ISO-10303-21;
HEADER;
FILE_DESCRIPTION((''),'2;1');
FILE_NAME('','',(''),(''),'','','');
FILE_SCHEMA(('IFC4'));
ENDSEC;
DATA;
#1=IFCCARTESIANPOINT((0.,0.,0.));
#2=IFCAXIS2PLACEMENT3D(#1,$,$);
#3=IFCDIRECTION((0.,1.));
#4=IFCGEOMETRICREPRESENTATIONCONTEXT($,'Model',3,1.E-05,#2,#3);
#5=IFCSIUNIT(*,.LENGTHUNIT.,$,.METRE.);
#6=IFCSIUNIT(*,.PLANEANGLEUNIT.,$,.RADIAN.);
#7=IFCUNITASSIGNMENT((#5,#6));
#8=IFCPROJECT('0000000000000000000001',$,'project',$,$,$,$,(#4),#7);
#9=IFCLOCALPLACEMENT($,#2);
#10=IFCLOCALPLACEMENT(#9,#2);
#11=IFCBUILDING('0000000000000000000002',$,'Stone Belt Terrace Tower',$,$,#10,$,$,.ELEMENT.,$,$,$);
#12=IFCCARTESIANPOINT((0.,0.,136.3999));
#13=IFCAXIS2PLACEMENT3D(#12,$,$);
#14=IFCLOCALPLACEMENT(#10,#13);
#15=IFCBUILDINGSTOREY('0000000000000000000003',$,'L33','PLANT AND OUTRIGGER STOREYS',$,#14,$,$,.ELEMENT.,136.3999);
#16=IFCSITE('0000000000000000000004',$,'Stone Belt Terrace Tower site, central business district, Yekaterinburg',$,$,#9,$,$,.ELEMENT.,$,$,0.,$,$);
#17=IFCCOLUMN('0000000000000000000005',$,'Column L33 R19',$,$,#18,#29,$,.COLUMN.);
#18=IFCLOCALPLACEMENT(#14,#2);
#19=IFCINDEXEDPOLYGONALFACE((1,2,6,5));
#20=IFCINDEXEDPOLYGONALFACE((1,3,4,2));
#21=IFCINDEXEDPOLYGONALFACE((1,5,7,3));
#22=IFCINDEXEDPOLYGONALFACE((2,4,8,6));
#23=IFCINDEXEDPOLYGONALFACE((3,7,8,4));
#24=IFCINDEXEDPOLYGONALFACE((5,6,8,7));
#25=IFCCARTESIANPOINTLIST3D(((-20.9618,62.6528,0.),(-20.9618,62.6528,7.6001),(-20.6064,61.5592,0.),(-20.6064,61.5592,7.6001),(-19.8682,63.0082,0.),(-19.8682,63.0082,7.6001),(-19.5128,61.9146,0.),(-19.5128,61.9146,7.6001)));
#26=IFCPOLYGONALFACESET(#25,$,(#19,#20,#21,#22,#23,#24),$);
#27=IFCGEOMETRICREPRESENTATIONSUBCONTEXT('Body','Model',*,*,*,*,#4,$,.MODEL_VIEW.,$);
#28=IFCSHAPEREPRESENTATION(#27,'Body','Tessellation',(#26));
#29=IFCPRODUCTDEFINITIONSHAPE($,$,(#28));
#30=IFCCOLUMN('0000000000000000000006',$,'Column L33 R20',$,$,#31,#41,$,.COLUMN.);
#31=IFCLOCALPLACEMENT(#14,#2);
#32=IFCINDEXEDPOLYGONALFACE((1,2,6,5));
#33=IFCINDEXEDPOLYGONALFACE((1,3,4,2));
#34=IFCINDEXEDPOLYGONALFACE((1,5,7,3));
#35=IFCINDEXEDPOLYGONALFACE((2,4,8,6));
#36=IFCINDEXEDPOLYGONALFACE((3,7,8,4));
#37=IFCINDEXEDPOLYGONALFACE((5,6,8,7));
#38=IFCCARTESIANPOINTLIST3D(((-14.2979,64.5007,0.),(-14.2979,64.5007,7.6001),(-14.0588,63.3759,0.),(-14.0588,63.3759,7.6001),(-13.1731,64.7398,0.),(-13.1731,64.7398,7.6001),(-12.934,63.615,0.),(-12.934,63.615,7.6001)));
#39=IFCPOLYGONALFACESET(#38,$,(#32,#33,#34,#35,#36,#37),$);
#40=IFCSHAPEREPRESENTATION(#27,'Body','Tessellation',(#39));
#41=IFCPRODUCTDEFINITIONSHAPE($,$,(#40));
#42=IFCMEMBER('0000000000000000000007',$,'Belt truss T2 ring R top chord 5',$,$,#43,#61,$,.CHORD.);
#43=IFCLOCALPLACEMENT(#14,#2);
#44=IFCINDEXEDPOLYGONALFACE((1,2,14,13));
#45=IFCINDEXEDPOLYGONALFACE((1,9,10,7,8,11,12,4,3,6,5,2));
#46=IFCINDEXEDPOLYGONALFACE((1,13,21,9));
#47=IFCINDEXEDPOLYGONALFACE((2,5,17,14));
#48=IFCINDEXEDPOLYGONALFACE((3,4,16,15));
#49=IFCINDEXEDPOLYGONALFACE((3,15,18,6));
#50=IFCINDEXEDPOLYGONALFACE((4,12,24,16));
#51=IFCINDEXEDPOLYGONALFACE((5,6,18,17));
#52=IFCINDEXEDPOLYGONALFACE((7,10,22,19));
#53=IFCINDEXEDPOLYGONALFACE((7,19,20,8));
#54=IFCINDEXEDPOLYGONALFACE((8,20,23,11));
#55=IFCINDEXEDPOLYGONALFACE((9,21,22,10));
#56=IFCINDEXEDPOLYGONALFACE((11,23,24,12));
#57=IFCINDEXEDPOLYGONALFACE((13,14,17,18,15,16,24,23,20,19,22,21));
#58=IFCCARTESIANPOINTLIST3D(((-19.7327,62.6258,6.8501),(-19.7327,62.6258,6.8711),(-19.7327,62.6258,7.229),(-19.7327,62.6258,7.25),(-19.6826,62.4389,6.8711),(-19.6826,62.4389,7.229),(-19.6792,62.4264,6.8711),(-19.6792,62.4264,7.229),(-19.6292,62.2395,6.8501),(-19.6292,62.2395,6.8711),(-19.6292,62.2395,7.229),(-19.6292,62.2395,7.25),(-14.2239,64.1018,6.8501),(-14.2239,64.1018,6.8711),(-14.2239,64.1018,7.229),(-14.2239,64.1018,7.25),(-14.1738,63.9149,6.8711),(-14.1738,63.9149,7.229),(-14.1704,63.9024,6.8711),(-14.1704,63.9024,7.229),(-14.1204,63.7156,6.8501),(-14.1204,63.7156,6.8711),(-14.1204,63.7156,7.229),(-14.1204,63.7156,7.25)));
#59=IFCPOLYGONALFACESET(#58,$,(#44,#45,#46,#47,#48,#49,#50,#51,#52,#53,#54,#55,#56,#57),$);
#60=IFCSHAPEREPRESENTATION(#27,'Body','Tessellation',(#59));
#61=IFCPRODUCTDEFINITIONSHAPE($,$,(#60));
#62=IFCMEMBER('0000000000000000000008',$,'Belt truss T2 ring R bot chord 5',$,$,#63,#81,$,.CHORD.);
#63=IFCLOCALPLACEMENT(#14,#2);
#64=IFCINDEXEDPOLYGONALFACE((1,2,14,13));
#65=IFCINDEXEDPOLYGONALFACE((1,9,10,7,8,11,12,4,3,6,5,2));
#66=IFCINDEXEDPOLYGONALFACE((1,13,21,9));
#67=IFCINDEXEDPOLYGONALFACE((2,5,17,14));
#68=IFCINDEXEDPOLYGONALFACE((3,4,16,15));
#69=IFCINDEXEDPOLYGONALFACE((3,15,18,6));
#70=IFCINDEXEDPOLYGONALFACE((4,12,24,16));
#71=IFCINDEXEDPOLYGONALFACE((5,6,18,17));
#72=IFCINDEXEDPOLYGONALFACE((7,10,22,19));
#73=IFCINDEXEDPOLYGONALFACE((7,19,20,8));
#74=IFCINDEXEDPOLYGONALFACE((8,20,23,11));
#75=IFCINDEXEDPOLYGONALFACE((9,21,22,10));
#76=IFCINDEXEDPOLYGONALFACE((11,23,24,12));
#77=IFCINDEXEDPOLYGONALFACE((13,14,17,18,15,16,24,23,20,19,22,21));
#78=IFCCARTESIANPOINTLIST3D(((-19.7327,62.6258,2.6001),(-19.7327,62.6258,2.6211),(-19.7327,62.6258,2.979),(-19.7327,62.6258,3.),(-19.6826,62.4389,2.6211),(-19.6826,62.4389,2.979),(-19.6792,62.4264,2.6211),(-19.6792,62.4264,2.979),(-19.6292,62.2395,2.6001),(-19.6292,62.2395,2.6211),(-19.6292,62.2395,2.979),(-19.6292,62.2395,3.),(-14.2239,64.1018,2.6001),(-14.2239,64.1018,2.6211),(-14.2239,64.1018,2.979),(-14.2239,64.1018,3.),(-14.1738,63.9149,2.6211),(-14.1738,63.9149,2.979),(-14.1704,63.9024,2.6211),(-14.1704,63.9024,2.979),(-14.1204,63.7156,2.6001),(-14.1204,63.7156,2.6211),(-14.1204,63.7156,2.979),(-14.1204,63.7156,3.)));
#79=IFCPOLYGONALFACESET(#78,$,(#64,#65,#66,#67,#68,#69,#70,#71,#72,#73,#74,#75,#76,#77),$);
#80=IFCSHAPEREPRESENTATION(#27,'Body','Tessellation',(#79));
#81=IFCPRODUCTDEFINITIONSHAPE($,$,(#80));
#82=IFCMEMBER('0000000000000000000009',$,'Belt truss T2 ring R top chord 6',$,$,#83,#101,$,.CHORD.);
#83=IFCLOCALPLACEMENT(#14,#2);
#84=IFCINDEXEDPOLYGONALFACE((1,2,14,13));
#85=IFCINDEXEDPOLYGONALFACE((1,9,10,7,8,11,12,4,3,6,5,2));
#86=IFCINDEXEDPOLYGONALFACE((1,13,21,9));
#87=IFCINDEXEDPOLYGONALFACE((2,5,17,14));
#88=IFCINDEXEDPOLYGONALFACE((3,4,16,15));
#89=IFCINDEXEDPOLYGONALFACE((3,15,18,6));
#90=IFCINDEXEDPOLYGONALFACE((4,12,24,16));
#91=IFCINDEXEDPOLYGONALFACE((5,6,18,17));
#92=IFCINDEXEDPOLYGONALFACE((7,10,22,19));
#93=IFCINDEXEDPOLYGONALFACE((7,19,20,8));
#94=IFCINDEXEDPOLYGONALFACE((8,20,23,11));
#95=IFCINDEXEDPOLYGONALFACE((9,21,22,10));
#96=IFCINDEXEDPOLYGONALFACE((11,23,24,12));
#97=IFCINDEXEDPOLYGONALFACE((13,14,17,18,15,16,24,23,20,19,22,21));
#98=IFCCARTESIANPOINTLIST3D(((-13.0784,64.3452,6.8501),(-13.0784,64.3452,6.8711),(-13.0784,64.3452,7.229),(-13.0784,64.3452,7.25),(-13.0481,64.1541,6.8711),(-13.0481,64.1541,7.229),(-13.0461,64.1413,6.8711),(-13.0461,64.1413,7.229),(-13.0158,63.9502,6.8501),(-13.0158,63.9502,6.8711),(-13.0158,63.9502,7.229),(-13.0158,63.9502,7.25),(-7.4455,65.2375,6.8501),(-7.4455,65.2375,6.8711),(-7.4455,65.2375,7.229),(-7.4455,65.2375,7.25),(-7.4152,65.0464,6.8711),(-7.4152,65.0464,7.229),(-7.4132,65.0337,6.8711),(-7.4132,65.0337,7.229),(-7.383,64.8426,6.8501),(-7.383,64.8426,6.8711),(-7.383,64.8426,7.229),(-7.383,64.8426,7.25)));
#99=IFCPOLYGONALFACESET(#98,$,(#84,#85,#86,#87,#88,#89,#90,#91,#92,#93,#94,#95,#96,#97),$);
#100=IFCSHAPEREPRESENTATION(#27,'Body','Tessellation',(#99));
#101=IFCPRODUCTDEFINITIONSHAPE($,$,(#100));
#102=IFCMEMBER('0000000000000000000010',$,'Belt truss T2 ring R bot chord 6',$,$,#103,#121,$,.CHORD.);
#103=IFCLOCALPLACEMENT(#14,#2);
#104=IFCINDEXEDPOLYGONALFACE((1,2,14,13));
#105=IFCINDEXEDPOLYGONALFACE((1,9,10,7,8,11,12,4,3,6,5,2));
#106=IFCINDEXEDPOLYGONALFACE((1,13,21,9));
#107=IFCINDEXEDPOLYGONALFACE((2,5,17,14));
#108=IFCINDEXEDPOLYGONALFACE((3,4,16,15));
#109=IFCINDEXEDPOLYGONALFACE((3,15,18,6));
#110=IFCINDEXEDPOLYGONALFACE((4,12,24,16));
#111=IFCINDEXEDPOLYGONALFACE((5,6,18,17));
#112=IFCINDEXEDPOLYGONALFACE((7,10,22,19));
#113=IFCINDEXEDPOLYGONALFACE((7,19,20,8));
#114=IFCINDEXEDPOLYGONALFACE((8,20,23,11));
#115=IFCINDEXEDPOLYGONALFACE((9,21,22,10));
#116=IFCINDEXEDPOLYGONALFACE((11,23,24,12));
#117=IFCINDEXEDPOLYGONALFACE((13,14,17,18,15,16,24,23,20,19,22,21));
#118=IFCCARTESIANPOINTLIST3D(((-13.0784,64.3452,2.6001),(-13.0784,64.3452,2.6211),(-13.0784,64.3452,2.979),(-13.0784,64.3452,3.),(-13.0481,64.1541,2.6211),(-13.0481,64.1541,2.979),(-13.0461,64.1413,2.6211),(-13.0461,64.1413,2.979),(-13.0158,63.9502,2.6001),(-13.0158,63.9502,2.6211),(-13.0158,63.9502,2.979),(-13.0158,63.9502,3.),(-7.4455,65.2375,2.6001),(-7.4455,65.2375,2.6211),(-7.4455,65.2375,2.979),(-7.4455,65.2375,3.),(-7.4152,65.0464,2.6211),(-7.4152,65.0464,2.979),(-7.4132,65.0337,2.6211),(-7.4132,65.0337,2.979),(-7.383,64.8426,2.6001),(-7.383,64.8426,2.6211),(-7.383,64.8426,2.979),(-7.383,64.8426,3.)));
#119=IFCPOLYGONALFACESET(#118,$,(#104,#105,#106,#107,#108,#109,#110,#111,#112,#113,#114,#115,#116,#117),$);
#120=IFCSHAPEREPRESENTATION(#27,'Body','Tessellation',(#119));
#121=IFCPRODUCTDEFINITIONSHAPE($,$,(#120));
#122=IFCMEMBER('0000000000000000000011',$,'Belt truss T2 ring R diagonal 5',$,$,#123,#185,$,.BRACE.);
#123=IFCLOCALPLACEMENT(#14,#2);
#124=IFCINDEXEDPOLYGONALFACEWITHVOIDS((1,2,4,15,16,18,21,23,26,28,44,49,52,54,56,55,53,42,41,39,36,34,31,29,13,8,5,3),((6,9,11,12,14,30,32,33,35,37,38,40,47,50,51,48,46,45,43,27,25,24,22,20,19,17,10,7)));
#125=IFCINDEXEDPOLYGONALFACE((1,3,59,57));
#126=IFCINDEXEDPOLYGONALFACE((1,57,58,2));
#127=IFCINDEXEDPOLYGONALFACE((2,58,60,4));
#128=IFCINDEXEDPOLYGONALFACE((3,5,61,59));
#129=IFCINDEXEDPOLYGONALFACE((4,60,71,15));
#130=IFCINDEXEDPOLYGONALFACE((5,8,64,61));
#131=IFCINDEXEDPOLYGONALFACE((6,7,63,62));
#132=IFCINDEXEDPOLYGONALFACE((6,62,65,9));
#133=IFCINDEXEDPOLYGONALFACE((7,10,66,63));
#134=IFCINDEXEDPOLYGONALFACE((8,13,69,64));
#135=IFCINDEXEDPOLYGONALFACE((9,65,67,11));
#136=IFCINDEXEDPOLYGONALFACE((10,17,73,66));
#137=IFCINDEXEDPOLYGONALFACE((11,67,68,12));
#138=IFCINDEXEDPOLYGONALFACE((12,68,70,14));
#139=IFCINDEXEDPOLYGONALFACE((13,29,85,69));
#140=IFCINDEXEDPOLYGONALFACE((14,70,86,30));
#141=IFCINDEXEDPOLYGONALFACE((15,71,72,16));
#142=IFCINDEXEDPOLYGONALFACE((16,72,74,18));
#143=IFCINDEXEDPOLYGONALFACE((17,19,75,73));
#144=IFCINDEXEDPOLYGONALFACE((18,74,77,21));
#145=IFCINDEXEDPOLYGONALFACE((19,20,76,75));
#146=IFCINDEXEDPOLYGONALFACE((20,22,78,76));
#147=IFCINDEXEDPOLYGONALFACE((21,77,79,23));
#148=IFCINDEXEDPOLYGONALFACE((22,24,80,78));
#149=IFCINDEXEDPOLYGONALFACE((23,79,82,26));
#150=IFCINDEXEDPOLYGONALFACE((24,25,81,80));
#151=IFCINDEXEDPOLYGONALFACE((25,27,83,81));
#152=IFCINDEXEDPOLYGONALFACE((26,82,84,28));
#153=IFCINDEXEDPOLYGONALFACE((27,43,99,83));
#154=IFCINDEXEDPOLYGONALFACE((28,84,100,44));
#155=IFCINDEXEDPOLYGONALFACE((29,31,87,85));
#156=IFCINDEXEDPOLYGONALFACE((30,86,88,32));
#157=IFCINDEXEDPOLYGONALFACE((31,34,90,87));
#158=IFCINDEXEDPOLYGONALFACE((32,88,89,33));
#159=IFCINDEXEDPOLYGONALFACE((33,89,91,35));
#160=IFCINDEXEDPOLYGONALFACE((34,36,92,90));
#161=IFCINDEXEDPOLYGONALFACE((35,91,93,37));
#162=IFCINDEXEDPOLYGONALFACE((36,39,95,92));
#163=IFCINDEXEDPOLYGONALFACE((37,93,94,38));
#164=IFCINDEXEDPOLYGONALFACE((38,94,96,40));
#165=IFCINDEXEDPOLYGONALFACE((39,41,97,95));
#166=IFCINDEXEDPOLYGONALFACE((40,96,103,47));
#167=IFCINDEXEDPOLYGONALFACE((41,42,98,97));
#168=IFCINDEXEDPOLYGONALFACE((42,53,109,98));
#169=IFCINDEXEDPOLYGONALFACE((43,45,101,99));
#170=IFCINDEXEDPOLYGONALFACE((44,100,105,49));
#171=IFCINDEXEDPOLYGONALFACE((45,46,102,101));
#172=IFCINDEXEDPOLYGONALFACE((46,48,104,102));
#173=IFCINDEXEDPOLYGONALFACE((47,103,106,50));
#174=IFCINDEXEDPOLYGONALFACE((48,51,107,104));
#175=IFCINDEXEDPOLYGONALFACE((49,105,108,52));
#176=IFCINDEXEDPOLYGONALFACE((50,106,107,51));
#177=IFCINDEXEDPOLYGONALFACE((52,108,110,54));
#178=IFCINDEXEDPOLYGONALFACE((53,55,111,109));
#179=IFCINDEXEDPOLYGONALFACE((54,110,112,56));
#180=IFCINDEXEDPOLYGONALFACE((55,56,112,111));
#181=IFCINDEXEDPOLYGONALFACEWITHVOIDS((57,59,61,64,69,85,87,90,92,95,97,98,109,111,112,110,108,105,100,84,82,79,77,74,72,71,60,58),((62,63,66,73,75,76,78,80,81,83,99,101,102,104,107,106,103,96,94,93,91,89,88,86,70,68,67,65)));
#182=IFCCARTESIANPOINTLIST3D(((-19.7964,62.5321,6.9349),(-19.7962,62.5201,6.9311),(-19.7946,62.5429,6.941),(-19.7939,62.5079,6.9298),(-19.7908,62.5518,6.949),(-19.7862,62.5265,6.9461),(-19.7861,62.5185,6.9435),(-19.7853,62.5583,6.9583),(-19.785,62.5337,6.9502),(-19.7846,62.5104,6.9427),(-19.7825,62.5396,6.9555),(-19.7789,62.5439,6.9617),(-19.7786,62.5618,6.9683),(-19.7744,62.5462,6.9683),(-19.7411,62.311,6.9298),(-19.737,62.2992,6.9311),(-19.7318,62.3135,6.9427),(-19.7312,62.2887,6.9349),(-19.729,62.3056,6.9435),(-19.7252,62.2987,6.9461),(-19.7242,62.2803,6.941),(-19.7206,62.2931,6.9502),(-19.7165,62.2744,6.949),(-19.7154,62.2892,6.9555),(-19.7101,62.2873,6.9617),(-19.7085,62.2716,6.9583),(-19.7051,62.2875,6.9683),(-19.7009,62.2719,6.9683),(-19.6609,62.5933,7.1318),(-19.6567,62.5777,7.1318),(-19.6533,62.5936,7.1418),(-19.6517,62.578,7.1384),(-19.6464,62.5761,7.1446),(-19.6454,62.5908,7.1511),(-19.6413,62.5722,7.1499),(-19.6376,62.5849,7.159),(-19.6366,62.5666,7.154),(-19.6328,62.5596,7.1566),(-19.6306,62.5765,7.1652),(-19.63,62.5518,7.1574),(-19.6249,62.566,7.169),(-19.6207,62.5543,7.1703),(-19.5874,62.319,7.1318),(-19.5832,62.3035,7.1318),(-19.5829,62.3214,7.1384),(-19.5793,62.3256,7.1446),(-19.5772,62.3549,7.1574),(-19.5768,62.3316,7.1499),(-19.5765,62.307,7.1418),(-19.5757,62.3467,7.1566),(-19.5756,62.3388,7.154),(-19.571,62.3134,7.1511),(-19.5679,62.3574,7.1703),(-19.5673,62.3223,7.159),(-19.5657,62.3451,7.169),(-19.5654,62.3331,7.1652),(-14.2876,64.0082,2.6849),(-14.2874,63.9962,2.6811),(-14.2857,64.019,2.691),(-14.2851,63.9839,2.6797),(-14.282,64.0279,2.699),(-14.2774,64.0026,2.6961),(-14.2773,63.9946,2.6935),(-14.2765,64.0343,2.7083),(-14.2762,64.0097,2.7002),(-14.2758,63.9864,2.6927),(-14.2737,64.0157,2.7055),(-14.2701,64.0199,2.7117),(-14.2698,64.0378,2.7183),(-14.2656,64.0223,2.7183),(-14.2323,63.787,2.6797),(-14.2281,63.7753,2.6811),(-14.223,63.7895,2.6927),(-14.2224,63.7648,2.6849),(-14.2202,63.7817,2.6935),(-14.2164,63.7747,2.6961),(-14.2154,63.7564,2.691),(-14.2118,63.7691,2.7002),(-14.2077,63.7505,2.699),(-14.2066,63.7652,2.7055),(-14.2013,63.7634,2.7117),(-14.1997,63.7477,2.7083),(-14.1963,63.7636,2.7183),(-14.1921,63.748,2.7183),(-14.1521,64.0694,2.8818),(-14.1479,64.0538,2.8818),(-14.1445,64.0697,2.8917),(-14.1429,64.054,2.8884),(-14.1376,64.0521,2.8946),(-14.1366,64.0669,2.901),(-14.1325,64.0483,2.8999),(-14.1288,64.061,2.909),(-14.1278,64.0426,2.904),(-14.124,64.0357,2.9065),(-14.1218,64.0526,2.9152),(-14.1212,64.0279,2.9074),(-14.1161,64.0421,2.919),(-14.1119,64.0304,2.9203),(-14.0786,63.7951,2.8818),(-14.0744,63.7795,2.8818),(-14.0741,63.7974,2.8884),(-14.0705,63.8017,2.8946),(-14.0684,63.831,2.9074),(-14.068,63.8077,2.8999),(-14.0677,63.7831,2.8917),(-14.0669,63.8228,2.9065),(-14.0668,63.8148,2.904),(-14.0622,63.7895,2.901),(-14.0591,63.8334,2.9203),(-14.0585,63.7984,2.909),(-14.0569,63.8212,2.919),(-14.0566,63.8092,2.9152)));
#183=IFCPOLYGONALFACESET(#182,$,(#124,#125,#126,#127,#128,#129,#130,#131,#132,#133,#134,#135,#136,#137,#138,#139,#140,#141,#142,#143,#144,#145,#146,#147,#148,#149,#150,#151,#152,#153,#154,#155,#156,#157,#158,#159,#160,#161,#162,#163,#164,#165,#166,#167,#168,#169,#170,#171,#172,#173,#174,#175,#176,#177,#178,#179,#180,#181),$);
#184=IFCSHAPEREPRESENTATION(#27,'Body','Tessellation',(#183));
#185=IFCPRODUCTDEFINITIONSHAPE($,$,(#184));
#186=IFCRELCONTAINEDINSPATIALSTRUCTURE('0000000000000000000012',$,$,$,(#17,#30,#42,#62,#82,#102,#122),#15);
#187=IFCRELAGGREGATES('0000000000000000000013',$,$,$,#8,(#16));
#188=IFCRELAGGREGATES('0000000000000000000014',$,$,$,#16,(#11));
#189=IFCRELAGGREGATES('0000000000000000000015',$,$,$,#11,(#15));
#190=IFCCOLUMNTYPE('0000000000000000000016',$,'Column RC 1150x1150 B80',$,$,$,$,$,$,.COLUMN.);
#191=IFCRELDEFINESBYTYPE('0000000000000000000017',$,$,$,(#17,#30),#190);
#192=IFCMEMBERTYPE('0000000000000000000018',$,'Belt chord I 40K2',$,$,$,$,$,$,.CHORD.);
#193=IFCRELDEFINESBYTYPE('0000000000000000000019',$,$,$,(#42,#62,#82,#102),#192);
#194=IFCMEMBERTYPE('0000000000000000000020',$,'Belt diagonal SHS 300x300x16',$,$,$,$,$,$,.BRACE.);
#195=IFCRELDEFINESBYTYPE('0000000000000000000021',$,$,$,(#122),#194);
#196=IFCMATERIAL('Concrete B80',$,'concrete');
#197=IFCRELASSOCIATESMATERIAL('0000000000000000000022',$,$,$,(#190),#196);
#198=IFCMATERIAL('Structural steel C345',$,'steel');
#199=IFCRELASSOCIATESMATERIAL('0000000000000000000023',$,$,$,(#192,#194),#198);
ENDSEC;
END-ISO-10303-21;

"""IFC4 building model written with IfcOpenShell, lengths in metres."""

from ifc_helpers import new_model, si_unit, direction, frame, origin, origin_2d, place, context, subcontext, project, spatial, rectangle, hollow_rectangle, i_section, extrude, material, material_profile, profile_set, type_object, element, save


model = new_model("IFC4")

# Units and contexts
model_context = context("Model", 3, precision=1e-05, world=origin(), true_north=direction((0.0, 1.0)))
body_context = subcontext(model_context, "Body", "Model", "MODEL_VIEW")
ifc_project = project(units=[si_unit("LENGTHUNIT", "METRE"), si_unit("PLANEANGLEUNIT", "RADIAN")], contexts=[model_context])

# Site, building, storey
site_placement = place(None, origin())
site = spatial("IfcSite", under=ifc_project, at=site_placement, Name="Stone Belt Terrace Tower site, central business district, Yekaterinburg", CompositionType="ELEMENT", RefElevation=0.0)
building_placement = place(site_placement, origin())
building = spatial("IfcBuilding", under=site, at=building_placement, Name="Stone Belt Terrace Tower", CompositionType="ELEMENT")
storey_placement = place(building_placement, frame((0.0, 0.0, 136.3999)))
storey = spatial("IfcBuildingStorey", under=building, at=storey_placement, Name="L33", Description="PLANT AND OUTRIGGER STOREYS", CompositionType="ELEMENT", Elevation=136.3999)

# Columns
ifc_material_1 = material(Name="Concrete B80", Category="concrete")
ifc_material_profile_1 = material_profile(ifc_material_1, rectangle(XDim=1.1499, YDim=1.1499, at=origin_2d()), Name="RC 1150x1150")
ifc_profile_set_1 = profile_set([ifc_material_profile_1], Name="Concrete B80")
column_type = type_object("IfcColumnType", Name="Column RC 1150x1150 B80", PredefinedType="COLUMN", material=ifc_profile_set_1)
for number, where, z_axis, x_axis, name in (
    (1, (-20.2373, 62.2837, 0.0), (0.0, 0.0, 1.0), (0.951057, 0.309017, 0.0), "Column L33 R19"),
    (2, (-13.616, 64.0579, 0.0), (0.0, 0.0, 1.0), (0.978148, 0.207912, 0.0), "Column L33 R20"),
):
    element("IfcColumn", number, at=place(storey_placement, frame(where, z_axis=z_axis, x_axis=x_axis)), inside=storey, type_object=column_type, Name=name, PredefinedType="COLUMN", context=body_context, shape_type="SweptSolid", body=[
        extrude(rectangle(XDim=1.1499, YDim=1.1499, at=origin_2d()), origin(), (0.0, 0.0, 1.0), 7.6001),
    ])

# Members
ifc_material_2 = material(Name="Structural steel C345", Category="steel")
ifc_material_profile_2 = material_profile(ifc_material_2, i_section(OverallWidth=0.3999, OverallDepth=0.3999, WebThickness=0.0129, FlangeThickness=0.021, at=origin_2d()), Name="I 40K2")
ifc_profile_set_2 = profile_set([ifc_material_profile_2], Name="Structural steel C345")
member_type_1 = type_object("IfcMemberType", Name="Belt chord I 40K2", PredefinedType="CHORD", material=ifc_profile_set_2)
for number, where, z_axis, x_axis, name in (
    (3, (-19.6809, 62.4326, 7.05), (0.965926, 0.258819, 0.0), (-0.258819, 0.965926, 0.0), "Belt truss T2 ring R top chord 5"),
    (4, (-19.6809, 62.4326, 2.8), (0.965926, 0.258819, 0.0), (-0.258819, 0.965926, 0.0), "Belt truss T2 ring R bot chord 5"),
    (5, (-13.0471, 64.1477, 7.05), (0.987683, 0.156466, 0.0), (-0.156466, 0.987683, 0.0), "Belt truss T2 ring R top chord 6"),
    (6, (-13.0471, 64.1477, 2.8), (0.987683, 0.156466, 0.0), (-0.156466, 0.987683, 0.0), "Belt truss T2 ring R bot chord 6"),
):
    element("IfcMember", number, at=place(storey_placement, frame(where, z_axis=z_axis, x_axis=x_axis)), inside=storey, type_object=member_type_1, Name=name, PredefinedType="CHORD", context=body_context, shape_type="SweptSolid", body=[
        extrude(i_section(OverallWidth=0.3999, OverallDepth=0.3999, WebThickness=0.0129, FlangeThickness=0.021, at=origin_2d()), origin(), (0.0, 0.0, 1.0), 5.7031),
    ])
ifc_material_profile_3 = material_profile(ifc_material_2, hollow_rectangle(XDim=0.3, YDim=0.3, WallThickness=0.0161, InnerFilletRadius=0.032, OuterFilletRadius=0.0481, at=origin_2d()), Name="SHS 300x300x16")
ifc_profile_set_3 = profile_set([ifc_material_profile_3], Name="Structural steel C345")
member_type_2 = type_object("IfcMemberType", Name="Belt diagonal SHS 300x300x16", PredefinedType="BRACE", material=ifc_profile_set_3)
for number, where, z_axis, x_axis, name in (
    (7, (-19.6809, 62.4326, 7.05), (0.774519, 0.207532, -0.597537), (-0.258819, 0.965926, 0.0), "Belt truss T2 ring R diagonal 5"),
):
    element("IfcMember", number, at=place(storey_placement, frame(where, z_axis=z_axis, x_axis=x_axis)), inside=storey, type_object=member_type_2, Name=name, PredefinedType="BRACE", context=body_context, shape_type="SweptSolid", body=[
        extrude(hollow_rectangle(XDim=0.3, YDim=0.3, WallThickness=0.0161, InnerFilletRadius=0.032, OuterFilletRadius=0.0481, at=origin_2d()), origin(), (0.0, 0.0, 1.0), 7.1125),
    ])

save(model, "model.ifc")
